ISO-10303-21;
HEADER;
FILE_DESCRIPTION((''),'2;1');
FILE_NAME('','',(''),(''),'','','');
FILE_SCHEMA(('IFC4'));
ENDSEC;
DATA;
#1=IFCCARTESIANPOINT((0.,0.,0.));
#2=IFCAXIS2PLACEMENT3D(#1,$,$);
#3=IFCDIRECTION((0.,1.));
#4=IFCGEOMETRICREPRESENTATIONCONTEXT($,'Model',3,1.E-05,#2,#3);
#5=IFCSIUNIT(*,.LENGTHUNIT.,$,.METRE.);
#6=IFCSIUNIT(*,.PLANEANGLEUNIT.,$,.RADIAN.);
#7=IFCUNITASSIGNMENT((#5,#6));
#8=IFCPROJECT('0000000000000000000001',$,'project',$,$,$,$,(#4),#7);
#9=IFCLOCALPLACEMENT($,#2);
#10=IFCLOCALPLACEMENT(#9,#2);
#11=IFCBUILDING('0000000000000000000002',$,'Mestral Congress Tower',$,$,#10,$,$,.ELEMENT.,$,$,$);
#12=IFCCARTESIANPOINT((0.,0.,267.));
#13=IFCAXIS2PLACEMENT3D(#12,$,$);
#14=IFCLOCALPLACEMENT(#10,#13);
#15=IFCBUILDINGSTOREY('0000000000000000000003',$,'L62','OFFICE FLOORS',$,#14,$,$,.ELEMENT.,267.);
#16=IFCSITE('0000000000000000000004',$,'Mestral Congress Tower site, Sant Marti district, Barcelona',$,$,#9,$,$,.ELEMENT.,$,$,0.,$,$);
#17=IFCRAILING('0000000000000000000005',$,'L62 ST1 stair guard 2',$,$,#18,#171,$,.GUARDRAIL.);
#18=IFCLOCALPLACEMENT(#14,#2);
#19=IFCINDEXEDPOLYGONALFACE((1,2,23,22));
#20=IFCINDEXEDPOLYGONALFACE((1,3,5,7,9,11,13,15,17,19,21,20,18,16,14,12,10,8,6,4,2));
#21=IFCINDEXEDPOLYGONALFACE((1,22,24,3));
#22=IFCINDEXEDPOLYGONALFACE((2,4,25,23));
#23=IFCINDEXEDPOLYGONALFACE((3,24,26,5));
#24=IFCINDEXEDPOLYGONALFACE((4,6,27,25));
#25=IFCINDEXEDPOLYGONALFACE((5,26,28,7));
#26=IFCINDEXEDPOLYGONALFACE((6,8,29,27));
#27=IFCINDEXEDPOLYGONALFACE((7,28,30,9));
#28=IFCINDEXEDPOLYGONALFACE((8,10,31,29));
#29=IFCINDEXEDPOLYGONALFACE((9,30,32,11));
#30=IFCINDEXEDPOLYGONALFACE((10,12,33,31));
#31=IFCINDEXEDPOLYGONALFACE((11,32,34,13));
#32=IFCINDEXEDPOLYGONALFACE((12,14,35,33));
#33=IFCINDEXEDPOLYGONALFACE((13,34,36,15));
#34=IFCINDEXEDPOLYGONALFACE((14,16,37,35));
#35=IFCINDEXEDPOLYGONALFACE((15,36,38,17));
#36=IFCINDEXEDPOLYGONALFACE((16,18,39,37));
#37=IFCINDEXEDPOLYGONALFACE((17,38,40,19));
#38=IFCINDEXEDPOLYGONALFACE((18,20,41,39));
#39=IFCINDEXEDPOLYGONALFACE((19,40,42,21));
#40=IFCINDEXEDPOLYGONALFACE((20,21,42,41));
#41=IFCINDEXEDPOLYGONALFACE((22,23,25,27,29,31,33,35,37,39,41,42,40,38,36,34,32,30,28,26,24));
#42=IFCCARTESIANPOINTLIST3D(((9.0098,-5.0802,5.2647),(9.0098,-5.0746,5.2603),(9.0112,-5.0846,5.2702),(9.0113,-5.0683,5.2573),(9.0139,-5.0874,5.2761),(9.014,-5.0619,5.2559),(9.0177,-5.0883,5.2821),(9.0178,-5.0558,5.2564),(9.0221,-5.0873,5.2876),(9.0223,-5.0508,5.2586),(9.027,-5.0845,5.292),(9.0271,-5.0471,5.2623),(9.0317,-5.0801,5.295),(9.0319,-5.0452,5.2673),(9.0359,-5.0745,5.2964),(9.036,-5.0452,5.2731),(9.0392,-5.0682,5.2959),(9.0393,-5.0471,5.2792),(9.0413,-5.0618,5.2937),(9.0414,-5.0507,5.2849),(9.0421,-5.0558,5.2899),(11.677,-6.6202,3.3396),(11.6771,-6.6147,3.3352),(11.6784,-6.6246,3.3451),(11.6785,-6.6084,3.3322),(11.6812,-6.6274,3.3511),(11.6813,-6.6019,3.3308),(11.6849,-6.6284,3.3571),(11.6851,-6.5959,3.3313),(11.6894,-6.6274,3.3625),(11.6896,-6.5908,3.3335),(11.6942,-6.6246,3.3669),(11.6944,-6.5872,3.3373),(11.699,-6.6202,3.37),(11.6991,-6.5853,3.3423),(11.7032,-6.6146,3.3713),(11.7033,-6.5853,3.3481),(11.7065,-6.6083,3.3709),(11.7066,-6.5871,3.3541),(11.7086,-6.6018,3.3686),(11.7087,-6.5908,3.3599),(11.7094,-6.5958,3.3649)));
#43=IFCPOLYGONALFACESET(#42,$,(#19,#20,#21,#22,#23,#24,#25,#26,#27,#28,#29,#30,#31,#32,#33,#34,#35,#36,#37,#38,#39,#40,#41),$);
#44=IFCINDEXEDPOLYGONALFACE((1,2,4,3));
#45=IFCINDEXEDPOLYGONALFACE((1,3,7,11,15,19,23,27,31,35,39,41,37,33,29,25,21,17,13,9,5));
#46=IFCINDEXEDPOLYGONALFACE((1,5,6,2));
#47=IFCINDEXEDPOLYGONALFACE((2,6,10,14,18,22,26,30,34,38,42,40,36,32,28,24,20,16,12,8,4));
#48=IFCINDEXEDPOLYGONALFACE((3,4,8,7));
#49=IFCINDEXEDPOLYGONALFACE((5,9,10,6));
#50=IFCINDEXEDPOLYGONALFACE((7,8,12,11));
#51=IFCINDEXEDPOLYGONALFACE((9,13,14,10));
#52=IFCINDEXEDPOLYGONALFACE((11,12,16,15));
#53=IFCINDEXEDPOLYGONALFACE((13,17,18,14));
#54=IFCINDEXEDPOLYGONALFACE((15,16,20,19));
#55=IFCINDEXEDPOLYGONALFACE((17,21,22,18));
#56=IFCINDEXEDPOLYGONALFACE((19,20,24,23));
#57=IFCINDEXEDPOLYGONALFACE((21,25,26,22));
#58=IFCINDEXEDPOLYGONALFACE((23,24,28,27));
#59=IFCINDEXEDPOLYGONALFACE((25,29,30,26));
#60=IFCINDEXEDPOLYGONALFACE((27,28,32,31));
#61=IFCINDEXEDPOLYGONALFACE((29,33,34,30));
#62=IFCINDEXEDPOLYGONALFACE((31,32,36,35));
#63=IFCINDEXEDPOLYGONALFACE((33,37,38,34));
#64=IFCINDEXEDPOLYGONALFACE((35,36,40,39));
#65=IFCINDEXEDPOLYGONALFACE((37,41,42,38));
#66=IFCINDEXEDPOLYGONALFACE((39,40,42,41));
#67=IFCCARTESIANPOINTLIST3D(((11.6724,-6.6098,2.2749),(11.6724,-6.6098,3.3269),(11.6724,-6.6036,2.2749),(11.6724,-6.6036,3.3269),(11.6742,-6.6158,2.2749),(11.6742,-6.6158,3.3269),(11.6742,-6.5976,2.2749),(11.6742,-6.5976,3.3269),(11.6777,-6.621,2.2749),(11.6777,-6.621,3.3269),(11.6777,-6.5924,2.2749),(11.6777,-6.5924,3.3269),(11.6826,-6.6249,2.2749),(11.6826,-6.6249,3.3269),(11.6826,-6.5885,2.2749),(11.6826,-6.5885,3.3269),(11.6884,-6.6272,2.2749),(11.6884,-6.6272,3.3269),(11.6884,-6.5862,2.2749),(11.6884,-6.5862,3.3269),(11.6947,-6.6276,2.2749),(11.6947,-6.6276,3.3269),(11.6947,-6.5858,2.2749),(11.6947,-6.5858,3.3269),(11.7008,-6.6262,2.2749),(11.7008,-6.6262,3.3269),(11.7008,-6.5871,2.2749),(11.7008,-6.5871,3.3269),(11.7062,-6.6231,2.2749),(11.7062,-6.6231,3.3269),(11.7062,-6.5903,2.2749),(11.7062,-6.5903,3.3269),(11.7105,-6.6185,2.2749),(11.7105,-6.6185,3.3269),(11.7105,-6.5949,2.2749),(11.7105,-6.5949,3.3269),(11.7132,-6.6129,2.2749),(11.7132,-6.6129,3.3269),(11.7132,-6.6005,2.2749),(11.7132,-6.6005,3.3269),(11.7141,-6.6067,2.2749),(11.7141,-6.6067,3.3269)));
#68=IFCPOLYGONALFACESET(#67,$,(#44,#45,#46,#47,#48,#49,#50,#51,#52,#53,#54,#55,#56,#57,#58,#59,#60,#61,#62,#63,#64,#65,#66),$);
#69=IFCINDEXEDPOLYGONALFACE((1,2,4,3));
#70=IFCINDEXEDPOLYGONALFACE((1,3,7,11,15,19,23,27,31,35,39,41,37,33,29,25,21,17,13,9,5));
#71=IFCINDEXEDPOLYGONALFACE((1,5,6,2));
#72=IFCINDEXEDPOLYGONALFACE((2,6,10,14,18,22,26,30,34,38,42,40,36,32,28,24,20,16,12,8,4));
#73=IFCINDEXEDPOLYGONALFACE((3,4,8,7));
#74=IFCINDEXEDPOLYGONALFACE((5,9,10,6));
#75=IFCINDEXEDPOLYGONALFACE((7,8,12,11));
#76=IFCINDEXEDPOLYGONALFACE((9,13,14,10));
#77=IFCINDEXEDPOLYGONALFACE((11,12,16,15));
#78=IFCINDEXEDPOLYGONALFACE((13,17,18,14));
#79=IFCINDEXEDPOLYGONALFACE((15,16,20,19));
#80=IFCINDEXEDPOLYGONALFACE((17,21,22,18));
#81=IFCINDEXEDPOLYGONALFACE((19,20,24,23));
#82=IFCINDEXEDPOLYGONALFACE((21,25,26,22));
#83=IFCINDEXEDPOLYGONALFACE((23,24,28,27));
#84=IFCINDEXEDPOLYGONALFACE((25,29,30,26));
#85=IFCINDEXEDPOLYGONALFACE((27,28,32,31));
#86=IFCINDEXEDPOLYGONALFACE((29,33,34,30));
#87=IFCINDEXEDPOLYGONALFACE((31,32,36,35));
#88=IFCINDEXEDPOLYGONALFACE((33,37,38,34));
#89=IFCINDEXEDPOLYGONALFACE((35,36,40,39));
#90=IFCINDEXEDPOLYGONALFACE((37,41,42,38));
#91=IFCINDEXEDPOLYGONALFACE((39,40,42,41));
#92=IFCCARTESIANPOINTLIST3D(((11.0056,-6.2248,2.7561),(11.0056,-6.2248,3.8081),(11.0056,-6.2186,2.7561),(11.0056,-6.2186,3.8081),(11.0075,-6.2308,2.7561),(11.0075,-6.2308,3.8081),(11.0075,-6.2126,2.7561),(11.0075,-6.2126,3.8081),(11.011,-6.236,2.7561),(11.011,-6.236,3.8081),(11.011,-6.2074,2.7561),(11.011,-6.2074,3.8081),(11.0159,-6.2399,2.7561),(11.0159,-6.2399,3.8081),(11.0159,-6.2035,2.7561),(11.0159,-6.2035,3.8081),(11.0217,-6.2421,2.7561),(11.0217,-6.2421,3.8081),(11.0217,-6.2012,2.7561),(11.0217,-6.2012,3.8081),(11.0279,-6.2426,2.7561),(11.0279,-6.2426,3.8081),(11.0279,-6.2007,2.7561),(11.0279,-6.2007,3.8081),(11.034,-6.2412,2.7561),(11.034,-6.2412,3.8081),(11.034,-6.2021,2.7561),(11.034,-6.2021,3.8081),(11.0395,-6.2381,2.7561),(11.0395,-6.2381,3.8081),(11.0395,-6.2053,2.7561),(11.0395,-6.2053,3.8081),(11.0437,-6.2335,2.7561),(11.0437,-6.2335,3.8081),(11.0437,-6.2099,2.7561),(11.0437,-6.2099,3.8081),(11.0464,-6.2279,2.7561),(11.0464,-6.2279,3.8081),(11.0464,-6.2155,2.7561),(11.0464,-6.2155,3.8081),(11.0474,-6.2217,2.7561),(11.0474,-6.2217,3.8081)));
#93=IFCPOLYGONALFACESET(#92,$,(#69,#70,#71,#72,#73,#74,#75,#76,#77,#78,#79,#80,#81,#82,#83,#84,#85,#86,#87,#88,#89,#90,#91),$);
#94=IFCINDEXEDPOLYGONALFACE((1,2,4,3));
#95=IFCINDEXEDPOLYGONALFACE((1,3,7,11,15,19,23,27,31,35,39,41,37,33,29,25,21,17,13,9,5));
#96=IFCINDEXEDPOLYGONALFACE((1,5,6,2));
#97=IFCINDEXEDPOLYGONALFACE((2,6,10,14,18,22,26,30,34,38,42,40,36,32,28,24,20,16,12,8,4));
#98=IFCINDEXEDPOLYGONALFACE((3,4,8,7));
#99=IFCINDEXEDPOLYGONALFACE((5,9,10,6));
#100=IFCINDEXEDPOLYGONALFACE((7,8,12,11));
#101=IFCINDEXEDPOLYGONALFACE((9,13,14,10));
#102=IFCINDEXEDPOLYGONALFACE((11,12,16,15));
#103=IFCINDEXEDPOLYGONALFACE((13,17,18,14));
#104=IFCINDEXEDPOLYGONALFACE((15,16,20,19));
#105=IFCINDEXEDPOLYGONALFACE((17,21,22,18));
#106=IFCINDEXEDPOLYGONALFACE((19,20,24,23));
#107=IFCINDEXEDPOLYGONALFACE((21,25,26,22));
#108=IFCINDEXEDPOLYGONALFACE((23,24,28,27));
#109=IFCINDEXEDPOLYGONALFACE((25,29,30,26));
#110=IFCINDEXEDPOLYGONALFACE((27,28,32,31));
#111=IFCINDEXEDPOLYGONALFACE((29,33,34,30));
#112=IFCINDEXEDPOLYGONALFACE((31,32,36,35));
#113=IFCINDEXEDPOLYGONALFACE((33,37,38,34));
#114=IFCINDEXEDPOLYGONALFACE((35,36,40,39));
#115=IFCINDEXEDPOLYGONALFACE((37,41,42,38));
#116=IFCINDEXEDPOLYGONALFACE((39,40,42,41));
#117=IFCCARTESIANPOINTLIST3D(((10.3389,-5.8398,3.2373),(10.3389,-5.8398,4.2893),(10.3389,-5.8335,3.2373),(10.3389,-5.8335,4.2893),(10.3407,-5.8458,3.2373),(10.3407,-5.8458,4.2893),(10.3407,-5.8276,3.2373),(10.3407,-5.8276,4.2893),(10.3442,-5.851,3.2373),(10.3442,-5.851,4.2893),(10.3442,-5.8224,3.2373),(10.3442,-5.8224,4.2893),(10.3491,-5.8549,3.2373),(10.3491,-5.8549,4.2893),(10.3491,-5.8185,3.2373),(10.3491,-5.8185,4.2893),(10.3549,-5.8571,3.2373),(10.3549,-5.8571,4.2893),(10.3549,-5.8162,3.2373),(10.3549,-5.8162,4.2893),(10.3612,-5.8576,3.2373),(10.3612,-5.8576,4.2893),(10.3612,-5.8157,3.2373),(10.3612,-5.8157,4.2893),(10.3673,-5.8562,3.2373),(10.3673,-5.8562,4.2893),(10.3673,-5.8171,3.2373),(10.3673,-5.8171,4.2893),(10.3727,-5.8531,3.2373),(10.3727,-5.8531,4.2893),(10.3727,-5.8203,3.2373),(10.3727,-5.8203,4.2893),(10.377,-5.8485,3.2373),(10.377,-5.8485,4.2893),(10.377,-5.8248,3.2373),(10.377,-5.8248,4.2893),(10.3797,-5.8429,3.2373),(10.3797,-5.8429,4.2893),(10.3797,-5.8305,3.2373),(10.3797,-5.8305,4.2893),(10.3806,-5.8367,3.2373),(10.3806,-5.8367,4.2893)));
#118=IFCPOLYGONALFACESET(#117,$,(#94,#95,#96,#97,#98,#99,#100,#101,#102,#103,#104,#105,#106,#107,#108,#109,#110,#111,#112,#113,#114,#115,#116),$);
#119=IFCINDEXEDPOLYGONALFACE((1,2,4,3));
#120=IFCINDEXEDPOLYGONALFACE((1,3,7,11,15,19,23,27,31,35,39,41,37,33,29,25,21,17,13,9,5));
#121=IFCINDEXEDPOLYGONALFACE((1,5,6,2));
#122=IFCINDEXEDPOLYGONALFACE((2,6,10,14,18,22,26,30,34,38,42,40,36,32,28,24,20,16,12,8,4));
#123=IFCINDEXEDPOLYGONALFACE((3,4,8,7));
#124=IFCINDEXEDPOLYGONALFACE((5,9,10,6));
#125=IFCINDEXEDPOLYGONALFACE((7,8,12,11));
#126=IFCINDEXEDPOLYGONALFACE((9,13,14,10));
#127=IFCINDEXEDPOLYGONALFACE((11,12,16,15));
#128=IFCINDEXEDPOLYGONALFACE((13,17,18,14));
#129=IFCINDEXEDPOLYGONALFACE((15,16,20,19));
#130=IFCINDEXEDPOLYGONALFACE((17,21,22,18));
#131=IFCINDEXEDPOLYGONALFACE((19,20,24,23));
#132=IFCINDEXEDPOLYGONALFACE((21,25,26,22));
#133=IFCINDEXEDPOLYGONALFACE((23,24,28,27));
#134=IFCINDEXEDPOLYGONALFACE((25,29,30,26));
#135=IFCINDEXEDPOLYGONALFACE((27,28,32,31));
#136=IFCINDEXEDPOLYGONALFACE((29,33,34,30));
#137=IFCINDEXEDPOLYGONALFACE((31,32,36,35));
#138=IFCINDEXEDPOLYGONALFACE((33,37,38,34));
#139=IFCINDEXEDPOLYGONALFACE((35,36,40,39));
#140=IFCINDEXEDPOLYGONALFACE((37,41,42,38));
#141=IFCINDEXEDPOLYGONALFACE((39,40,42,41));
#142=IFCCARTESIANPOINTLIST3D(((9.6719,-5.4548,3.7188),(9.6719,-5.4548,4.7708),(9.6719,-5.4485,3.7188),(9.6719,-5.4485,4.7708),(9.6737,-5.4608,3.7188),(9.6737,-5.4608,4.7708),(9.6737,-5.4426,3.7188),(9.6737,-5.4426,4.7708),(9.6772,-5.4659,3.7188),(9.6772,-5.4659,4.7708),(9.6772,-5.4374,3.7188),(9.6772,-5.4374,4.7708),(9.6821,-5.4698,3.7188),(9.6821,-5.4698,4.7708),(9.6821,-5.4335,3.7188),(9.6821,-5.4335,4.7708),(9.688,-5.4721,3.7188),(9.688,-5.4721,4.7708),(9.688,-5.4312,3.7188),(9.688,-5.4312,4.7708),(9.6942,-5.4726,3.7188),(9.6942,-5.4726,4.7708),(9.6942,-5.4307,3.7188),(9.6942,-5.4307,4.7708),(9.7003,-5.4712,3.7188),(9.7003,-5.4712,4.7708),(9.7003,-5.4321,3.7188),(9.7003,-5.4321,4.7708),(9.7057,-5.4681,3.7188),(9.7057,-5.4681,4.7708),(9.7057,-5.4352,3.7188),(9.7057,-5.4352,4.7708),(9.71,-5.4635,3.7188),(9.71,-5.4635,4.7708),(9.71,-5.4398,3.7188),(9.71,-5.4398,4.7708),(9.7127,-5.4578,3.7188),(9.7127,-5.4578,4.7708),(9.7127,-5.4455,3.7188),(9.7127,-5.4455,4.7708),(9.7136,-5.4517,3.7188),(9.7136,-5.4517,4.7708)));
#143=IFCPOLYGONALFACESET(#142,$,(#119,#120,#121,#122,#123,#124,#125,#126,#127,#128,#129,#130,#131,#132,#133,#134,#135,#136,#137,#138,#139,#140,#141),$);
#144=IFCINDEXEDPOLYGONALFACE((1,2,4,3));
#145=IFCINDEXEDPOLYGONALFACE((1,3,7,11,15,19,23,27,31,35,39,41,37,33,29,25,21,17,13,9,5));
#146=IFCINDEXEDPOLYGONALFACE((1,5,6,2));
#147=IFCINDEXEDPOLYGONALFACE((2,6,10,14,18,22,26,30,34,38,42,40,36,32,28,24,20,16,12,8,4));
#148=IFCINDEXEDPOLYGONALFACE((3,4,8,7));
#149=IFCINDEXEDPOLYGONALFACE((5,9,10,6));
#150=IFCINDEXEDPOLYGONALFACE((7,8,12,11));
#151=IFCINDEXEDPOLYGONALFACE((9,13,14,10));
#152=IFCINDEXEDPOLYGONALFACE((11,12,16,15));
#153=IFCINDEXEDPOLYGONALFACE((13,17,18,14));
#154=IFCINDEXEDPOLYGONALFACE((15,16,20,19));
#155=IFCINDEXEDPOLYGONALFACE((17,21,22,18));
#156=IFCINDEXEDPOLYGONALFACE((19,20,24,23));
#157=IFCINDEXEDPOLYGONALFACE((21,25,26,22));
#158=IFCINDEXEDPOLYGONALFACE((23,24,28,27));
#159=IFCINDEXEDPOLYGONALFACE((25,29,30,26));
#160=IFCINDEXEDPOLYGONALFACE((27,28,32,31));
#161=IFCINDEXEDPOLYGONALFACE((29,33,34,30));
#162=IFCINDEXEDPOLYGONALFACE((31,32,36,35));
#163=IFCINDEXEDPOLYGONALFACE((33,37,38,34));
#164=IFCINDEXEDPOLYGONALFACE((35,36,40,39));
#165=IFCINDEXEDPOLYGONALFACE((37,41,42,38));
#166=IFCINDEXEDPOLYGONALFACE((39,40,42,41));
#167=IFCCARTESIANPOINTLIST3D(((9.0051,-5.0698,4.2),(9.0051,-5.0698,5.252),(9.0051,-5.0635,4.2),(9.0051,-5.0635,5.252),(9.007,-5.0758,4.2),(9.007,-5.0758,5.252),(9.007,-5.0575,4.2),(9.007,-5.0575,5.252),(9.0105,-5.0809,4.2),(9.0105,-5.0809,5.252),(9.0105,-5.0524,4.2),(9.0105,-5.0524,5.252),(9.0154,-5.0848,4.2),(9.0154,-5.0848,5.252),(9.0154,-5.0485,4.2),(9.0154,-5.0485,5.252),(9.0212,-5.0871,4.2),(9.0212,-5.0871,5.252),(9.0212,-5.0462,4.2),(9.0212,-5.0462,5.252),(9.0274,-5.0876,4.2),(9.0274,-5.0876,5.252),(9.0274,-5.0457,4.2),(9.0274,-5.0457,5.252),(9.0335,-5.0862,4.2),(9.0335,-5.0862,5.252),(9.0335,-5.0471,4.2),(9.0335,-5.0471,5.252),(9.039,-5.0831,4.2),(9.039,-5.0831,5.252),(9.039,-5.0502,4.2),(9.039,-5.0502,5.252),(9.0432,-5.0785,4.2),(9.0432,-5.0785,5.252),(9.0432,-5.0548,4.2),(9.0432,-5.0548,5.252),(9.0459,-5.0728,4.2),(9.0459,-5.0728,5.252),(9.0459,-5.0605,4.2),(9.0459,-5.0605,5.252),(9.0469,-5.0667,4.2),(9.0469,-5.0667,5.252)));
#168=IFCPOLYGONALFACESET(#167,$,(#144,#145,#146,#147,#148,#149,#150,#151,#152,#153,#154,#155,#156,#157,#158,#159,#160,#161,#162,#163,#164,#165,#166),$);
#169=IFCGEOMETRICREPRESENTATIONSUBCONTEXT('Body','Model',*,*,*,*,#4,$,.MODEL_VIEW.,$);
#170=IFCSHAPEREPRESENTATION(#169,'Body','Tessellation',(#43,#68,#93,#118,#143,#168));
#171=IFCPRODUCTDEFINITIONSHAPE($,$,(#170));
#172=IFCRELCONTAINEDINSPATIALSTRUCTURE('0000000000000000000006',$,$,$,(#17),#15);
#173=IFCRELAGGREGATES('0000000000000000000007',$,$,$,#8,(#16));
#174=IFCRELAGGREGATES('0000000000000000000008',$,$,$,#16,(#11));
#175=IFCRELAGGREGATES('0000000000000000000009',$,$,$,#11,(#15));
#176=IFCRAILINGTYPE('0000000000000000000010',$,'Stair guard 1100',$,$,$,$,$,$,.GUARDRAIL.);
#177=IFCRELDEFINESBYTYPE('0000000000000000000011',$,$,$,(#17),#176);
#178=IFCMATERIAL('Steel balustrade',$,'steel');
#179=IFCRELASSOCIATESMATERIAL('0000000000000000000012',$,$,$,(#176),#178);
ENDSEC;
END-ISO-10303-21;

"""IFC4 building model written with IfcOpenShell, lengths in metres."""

from ifc_helpers import new_model, si_unit, direction, frame, origin, origin_2d, place, context, subcontext, project, spatial, circle, extrude, material, type_object, element, save


model = new_model("IFC4")

# Units and contexts
model_context = context("Model", 3, precision=1e-05, world=origin(), true_north=direction((0.0, 1.0)))
body_context = subcontext(model_context, "Body", "Model", "MODEL_VIEW")
ifc_project = project(units=[si_unit("LENGTHUNIT", "METRE"), si_unit("PLANEANGLEUNIT", "RADIAN")], contexts=[model_context])

# Site, building, storey
site_placement = place(None, origin())
site = spatial("IfcSite", under=ifc_project, at=site_placement, Name="Mestral Congress Tower site, Sant Marti district, Barcelona", CompositionType="ELEMENT", RefElevation=0.0)
building_placement = place(site_placement, origin())
building = spatial("IfcBuilding", under=site, at=building_placement, Name="Mestral Congress Tower", CompositionType="ELEMENT")
storey_placement = place(building_placement, frame((0.0, 0.0, 267.0)))
storey = spatial("IfcBuildingStorey", under=building, at=storey_placement, Name="L62", Description="OFFICE FLOORS", CompositionType="ELEMENT", Elevation=267.0)

# Railing
ifc_material_1 = material(Name="Steel balustrade", Category="steel")
railing_type = type_object("IfcRailingType", Name="Stair guard 1100", PredefinedType="GUARDRAIL", material=ifc_material_1)
railing_placement = place(storey_placement, frame((11.6931, -6.6067, 2.2749)))
element("IfcRailing", 1, at=railing_placement, inside=storey, type_object=railing_type, Name="L62 ST1 stair guard 2", PredefinedType="GUARDRAIL", context=body_context, shape_type="SweptSolid", body=[
    extrude(circle(Radius=0.0239, at=origin_2d()), frame((0.0, 0.0, 1.0762), z_axis=(-0.734364, 0.424015, 0.530019), x_axis=(-0.500027, -0.86601, 0.0)), (0.0, 0.0, 1.0), 3.6321),
    extrude(circle(Radius=0.021, at=origin_2d()), origin(), (0.0, 0.0, 1.0), 1.052),
    extrude(circle(Radius=0.021, at=origin_2d()), frame((-0.6667, 0.385, 0.4812)), (0.0, 0.0, 1.0), 1.052),
    extrude(circle(Radius=0.021, at=origin_2d()), frame((-1.3335, 0.77, 0.9624)), (0.0, 0.0, 1.0), 1.052),
    extrude(circle(Radius=0.021, at=origin_2d()), frame((-2.0005, 1.155, 1.4438)), (0.0, 0.0, 1.0), 1.052),
    extrude(circle(Radius=0.021, at=origin_2d()), frame((-2.6672, 1.54, 1.925)), (0.0, 0.0, 1.0), 1.052),
])

save(model, "model.ifc")
